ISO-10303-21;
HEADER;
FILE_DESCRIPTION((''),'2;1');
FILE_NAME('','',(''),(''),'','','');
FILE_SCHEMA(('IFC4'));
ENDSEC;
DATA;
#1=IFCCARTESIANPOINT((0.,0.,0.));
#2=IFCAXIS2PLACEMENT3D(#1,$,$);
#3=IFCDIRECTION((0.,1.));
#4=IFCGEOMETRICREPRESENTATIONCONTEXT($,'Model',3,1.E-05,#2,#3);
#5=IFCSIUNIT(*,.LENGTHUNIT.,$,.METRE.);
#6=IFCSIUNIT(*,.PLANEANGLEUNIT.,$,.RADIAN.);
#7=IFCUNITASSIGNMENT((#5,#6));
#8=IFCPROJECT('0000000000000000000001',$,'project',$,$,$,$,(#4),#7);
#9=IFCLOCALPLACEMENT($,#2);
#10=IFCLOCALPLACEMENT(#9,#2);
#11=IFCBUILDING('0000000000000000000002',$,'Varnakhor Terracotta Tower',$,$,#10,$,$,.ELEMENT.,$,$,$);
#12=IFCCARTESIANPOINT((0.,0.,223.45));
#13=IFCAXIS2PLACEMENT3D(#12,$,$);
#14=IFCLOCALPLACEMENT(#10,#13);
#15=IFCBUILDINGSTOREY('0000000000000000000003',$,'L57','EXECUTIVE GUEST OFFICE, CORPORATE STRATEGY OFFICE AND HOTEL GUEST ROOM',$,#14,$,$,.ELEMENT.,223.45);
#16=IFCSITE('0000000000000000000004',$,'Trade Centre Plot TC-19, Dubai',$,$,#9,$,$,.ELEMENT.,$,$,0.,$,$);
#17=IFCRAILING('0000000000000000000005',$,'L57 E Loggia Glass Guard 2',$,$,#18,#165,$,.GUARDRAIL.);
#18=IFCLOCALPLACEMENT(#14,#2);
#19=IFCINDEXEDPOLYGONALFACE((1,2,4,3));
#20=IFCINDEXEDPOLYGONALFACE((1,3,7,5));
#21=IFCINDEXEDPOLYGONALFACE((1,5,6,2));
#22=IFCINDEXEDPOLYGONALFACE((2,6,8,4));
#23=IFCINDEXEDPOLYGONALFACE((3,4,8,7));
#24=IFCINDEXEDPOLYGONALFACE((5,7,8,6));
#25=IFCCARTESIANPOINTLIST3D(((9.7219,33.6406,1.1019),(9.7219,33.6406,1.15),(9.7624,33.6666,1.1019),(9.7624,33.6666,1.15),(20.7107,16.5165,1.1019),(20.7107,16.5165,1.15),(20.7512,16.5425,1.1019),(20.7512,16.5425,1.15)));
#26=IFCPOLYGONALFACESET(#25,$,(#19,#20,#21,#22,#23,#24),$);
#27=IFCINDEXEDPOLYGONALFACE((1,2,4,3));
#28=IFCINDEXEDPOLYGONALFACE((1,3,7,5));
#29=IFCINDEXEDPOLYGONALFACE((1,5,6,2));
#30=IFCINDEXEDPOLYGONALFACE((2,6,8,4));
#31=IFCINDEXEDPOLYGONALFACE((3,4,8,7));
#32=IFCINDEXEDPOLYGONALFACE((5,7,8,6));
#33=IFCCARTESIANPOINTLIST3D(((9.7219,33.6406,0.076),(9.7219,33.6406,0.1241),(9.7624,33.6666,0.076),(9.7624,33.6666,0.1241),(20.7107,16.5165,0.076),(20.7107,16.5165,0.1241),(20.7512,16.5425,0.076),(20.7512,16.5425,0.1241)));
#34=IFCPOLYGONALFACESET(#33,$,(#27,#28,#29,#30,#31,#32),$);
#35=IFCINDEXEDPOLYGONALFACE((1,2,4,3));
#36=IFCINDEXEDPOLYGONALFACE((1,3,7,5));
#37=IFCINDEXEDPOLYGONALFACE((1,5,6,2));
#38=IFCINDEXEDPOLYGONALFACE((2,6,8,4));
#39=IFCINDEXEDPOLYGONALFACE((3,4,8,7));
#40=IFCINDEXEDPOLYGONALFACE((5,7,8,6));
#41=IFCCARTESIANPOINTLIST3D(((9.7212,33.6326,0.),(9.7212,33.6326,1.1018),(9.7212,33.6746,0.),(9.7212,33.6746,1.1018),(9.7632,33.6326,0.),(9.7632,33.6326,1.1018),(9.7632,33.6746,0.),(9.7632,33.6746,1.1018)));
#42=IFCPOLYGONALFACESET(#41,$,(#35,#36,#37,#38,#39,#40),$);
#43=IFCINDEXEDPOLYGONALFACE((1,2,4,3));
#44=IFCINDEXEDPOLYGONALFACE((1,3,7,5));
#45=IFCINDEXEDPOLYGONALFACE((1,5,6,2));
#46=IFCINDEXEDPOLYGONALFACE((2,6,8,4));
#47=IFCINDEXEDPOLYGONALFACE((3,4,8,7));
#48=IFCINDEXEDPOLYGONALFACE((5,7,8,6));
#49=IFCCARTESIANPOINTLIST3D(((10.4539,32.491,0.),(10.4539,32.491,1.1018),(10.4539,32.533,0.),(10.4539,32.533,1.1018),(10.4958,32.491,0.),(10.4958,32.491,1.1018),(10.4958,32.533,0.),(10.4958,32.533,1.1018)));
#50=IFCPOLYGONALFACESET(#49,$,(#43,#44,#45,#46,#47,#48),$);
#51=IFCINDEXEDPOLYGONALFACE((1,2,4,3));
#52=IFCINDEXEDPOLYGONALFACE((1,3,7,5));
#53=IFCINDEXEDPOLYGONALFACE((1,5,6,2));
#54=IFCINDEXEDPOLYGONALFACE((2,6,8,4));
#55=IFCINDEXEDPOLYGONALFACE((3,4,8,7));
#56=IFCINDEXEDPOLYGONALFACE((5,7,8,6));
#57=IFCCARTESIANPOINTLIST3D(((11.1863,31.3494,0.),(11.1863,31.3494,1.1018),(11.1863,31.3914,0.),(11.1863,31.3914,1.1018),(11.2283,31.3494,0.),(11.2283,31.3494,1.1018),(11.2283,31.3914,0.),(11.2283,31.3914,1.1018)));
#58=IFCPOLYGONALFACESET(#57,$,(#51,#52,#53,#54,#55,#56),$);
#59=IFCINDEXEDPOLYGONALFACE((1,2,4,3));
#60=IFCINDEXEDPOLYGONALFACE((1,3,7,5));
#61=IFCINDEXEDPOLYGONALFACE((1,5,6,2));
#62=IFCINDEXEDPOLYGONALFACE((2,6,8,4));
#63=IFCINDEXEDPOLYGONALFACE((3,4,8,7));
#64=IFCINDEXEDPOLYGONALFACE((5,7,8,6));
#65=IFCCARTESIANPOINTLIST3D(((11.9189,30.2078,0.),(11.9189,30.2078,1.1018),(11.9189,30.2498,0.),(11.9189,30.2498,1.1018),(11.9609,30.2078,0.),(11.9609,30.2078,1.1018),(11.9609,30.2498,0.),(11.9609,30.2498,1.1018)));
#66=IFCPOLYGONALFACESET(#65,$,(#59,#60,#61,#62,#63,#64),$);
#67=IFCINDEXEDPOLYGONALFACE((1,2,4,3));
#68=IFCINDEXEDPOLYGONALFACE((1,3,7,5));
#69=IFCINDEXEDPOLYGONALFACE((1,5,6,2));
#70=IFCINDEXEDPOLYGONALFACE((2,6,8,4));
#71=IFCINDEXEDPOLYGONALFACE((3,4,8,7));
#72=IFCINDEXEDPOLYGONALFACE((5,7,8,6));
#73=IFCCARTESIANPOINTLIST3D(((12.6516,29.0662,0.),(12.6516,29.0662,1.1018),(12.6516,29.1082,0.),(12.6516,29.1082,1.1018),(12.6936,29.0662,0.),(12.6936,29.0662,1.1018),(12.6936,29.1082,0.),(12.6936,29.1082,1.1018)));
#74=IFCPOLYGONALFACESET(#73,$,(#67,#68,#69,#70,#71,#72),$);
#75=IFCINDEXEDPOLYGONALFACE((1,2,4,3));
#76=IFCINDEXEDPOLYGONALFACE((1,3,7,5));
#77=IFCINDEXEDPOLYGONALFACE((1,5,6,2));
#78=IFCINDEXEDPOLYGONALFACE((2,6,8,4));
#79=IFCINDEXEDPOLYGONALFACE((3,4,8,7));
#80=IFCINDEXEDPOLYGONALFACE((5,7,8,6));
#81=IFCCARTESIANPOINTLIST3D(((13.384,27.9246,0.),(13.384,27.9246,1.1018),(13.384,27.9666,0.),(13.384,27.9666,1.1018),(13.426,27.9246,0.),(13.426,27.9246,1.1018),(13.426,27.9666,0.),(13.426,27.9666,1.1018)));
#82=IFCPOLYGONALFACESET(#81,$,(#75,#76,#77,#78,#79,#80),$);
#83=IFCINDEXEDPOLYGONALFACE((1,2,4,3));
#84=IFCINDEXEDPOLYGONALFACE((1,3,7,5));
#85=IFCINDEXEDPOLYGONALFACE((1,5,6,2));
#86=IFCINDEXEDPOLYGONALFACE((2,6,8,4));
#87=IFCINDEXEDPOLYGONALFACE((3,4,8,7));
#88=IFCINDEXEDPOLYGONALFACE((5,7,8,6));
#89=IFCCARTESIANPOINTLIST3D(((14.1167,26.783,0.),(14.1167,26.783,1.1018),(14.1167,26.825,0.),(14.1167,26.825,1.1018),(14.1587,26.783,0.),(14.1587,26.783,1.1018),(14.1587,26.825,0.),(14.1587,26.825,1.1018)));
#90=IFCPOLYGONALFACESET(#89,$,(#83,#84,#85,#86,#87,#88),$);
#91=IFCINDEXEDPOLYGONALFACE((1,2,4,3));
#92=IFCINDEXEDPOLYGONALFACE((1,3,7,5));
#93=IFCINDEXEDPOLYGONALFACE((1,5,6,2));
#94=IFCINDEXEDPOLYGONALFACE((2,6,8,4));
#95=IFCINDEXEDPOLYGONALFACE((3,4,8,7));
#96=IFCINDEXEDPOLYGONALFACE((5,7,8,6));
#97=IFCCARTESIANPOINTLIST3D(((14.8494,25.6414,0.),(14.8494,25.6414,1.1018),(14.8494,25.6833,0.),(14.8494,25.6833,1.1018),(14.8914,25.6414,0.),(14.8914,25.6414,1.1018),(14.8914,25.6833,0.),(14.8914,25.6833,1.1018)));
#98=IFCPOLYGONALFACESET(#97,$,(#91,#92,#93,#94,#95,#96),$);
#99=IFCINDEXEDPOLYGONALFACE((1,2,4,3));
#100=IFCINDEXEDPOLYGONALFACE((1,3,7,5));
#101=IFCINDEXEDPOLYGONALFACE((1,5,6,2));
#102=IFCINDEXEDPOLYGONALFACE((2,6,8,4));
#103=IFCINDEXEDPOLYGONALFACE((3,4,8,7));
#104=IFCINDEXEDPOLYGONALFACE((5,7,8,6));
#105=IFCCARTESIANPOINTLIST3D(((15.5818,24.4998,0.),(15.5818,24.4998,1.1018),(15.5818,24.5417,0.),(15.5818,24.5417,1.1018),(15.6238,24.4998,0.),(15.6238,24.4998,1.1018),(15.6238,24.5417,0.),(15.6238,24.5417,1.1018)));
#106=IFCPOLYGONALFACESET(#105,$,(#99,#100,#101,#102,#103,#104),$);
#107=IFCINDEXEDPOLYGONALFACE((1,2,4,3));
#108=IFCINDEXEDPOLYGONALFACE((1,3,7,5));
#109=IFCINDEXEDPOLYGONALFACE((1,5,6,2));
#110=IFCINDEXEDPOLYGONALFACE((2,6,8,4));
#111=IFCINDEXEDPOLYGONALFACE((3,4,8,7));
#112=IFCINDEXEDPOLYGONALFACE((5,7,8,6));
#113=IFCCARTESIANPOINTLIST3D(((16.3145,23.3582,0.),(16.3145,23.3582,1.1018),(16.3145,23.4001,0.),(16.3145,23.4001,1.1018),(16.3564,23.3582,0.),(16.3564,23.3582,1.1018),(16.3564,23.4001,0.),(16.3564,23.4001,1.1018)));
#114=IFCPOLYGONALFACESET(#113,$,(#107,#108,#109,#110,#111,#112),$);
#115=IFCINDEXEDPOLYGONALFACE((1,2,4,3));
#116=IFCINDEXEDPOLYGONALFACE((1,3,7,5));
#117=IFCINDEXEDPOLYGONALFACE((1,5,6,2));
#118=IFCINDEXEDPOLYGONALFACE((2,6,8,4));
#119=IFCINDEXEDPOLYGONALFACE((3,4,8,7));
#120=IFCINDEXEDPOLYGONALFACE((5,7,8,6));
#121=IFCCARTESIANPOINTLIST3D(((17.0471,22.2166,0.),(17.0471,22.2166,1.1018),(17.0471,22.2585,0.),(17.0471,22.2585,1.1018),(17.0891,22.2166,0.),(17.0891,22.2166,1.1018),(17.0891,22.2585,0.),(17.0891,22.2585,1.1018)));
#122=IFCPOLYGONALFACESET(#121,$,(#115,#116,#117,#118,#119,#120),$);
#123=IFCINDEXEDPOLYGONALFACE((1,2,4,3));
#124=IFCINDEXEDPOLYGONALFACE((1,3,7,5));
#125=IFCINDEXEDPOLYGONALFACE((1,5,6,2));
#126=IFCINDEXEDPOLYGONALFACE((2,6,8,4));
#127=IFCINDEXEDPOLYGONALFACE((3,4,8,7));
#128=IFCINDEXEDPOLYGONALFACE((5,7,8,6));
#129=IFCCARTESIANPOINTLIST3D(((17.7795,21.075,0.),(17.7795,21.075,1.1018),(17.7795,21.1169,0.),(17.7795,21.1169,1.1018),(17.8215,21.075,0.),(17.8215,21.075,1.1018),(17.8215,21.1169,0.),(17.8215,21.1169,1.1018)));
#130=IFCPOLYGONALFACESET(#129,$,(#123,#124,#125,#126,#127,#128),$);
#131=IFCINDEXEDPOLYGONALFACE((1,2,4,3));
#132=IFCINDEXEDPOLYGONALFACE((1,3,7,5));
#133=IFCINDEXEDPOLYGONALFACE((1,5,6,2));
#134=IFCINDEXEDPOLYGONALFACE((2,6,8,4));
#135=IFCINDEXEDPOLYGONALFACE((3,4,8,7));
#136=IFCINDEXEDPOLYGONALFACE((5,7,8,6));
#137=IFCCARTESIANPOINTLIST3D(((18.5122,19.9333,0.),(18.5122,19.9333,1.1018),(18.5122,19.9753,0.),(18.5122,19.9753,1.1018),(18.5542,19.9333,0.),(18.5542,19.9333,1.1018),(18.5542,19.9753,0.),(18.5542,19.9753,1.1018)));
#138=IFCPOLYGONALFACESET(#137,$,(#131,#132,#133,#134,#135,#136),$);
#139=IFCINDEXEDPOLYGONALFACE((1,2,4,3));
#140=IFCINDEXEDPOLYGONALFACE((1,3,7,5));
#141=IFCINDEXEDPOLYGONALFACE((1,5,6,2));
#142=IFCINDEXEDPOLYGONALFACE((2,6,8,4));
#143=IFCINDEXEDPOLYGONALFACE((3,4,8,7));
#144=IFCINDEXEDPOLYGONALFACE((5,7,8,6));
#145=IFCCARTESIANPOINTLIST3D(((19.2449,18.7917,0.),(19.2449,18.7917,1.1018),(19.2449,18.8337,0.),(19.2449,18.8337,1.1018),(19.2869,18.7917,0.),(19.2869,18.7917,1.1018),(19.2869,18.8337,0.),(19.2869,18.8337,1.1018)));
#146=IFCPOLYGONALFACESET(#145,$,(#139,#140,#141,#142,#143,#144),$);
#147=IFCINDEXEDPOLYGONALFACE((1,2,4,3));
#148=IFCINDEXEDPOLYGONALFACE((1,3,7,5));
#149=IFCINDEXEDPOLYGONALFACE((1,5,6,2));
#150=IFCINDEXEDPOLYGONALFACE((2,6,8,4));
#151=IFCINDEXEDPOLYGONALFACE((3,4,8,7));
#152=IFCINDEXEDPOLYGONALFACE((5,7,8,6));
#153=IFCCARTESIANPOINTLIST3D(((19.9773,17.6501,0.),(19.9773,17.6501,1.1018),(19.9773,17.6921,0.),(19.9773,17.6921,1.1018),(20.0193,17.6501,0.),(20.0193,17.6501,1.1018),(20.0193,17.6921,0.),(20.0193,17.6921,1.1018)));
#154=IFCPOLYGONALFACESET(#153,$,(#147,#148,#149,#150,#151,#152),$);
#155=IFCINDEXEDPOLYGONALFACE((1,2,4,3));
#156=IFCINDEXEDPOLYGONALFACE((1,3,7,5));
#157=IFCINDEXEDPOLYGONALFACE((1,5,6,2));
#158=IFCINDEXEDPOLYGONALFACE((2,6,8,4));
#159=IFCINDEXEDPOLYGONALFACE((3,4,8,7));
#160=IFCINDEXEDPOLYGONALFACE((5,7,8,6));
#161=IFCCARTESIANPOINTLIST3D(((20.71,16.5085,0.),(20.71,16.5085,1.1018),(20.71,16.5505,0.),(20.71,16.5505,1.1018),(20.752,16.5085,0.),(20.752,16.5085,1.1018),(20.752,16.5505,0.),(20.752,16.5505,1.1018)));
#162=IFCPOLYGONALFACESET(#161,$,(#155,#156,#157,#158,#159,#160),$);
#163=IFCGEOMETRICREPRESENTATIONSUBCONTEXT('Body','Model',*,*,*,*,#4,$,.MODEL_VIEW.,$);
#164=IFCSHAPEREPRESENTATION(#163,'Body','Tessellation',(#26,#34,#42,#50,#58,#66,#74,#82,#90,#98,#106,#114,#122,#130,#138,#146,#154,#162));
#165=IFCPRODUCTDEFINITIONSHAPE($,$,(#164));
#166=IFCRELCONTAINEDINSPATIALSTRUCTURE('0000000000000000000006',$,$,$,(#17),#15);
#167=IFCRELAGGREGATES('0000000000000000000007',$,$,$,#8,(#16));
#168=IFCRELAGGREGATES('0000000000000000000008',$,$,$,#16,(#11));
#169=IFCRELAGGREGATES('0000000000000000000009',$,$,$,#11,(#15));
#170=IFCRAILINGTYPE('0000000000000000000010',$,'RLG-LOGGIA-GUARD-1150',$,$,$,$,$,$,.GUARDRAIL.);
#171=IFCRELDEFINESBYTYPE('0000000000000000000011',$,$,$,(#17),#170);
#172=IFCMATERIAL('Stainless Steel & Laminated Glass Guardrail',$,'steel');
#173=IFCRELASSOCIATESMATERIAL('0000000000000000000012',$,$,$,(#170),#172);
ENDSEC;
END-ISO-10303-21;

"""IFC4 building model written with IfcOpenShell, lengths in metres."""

from ifc_helpers import new_model, si_unit, direction, frame, origin, origin_2d, place, context, subcontext, project, spatial, rectangle, extrude, material, type_object, element, save


model = new_model("IFC4")

# Units and contexts
model_context = context("Model", 3, precision=1e-05, world=origin(), true_north=direction((0.0, 1.0)))
body_context = subcontext(model_context, "Body", "Model", "MODEL_VIEW")
ifc_project = project(units=[si_unit("LENGTHUNIT", "METRE"), si_unit("PLANEANGLEUNIT", "RADIAN")], contexts=[model_context])

# Site, building, storey
site_placement = place(None, origin())
site = spatial("IfcSite", under=ifc_project, at=site_placement, Name="Trade Centre Plot TC-19, Dubai", CompositionType="ELEMENT", RefElevation=0.0)
building_placement = place(site_placement, origin())
building = spatial("IfcBuilding", under=site, at=building_placement, Name="Varnakhor Terracotta Tower", CompositionType="ELEMENT")
storey_placement = place(building_placement, frame((0.0, 0.0, 223.45)))
storey = spatial("IfcBuildingStorey", under=building, at=storey_placement, Name="L57", Description="EXECUTIVE GUEST OFFICE, CORPORATE STRATEGY OFFICE AND HOTEL GUEST ROOM", CompositionType="ELEMENT", Elevation=223.45)

# Railing
ifc_material_1 = material(Name="Stainless Steel & Laminated Glass Guardrail", Category="steel")
railing_type = type_object("IfcRailingType", Name="RLG-LOGGIA-GUARD-1150", PredefinedType="GUARDRAIL", material=ifc_material_1)
railing_1_placement = place(storey_placement, frame((9.7422, 33.6536, 0.0)))
element("IfcRailing", 1, at=railing_1_placement, inside=storey, type_object=railing_type, Name="L57 E Loggia Glass Guard 2", PredefinedType="GUARDRAIL", context=body_context, shape_type="SweptSolid", body=[
    extrude(rectangle(XDim=0.0481, YDim=0.0481, at=origin_2d()), frame((0.0, 0.0, 1.126), z_axis=(0.540078, -0.841615, 0.0), x_axis=(0.841615, 0.540078, 0.0)), (0.0, 0.0, 1.0), 20.3467),
    extrude(rectangle(XDim=0.0481, YDim=0.0481, at=origin_2d()), frame((0.0, 0.0, 0.1001), z_axis=(0.540078, -0.841615, 0.0), x_axis=(0.841615, 0.540078, 0.0)), (0.0, 0.0, 1.0), 20.3467),
    extrude(rectangle(XDim=0.042, YDim=0.042, at=origin_2d()), origin(), (0.0, 0.0, 1.0), 1.1018),
    extrude(rectangle(XDim=0.042, YDim=0.042, at=origin_2d()), frame((0.7327, -1.1416, 0.0)), (0.0, 0.0, 1.0), 1.1018),
    extrude(rectangle(XDim=0.042, YDim=0.042, at=origin_2d()), frame((1.4651, -2.2832, 0.0)), (0.0, 0.0, 1.0), 1.1018),
    extrude(rectangle(XDim=0.042, YDim=0.042, at=origin_2d()), frame((2.1978, -3.4248, 0.0)), (0.0, 0.0, 1.0), 1.1018),
    extrude(rectangle(XDim=0.042, YDim=0.042, at=origin_2d()), frame((2.9304, -4.5664, 0.0)), (0.0, 0.0, 1.0), 1.1018),
    extrude(rectangle(XDim=0.042, YDim=0.042, at=origin_2d()), frame((3.6628, -5.708, 0.0)), (0.0, 0.0, 1.0), 1.1018),
    extrude(rectangle(XDim=0.042, YDim=0.042, at=origin_2d()), frame((4.3955, -6.8496, 0.0)), (0.0, 0.0, 1.0), 1.1018),
    extrude(rectangle(XDim=0.042, YDim=0.042, at=origin_2d()), frame((5.1282, -7.9912, 0.0)), (0.0, 0.0, 1.0), 1.1018),
    extrude(rectangle(XDim=0.042, YDim=0.042, at=origin_2d()), frame((5.8606, -9.1328, 0.0)), (0.0, 0.0, 1.0), 1.1018),
    extrude(rectangle(XDim=0.042, YDim=0.042, at=origin_2d()), frame((6.5933, -10.2744, 0.0)), (0.0, 0.0, 1.0), 1.1018),
    extrude(rectangle(XDim=0.042, YDim=0.042, at=origin_2d()), frame((7.3259, -11.416, 0.0)), (0.0, 0.0, 1.0), 1.1018),
    extrude(rectangle(XDim=0.042, YDim=0.042, at=origin_2d()), frame((8.0583, -12.5576, 0.0)), (0.0, 0.0, 1.0), 1.1018),
    extrude(rectangle(XDim=0.042, YDim=0.042, at=origin_2d()), frame((8.791, -13.6992, 0.0)), (0.0, 0.0, 1.0), 1.1018),
    extrude(rectangle(XDim=0.042, YDim=0.042, at=origin_2d()), frame((9.5237, -14.8408, 0.0)), (0.0, 0.0, 1.0), 1.1018),
    extrude(rectangle(XDim=0.042, YDim=0.042, at=origin_2d()), frame((10.2561, -15.9824, 0.0)), (0.0, 0.0, 1.0), 1.1018),
    extrude(rectangle(XDim=0.042, YDim=0.042, at=origin_2d()), frame((10.9888, -17.124, 0.0)), (0.0, 0.0, 1.0), 1.1018),
])

save(model, "model.ifc")
